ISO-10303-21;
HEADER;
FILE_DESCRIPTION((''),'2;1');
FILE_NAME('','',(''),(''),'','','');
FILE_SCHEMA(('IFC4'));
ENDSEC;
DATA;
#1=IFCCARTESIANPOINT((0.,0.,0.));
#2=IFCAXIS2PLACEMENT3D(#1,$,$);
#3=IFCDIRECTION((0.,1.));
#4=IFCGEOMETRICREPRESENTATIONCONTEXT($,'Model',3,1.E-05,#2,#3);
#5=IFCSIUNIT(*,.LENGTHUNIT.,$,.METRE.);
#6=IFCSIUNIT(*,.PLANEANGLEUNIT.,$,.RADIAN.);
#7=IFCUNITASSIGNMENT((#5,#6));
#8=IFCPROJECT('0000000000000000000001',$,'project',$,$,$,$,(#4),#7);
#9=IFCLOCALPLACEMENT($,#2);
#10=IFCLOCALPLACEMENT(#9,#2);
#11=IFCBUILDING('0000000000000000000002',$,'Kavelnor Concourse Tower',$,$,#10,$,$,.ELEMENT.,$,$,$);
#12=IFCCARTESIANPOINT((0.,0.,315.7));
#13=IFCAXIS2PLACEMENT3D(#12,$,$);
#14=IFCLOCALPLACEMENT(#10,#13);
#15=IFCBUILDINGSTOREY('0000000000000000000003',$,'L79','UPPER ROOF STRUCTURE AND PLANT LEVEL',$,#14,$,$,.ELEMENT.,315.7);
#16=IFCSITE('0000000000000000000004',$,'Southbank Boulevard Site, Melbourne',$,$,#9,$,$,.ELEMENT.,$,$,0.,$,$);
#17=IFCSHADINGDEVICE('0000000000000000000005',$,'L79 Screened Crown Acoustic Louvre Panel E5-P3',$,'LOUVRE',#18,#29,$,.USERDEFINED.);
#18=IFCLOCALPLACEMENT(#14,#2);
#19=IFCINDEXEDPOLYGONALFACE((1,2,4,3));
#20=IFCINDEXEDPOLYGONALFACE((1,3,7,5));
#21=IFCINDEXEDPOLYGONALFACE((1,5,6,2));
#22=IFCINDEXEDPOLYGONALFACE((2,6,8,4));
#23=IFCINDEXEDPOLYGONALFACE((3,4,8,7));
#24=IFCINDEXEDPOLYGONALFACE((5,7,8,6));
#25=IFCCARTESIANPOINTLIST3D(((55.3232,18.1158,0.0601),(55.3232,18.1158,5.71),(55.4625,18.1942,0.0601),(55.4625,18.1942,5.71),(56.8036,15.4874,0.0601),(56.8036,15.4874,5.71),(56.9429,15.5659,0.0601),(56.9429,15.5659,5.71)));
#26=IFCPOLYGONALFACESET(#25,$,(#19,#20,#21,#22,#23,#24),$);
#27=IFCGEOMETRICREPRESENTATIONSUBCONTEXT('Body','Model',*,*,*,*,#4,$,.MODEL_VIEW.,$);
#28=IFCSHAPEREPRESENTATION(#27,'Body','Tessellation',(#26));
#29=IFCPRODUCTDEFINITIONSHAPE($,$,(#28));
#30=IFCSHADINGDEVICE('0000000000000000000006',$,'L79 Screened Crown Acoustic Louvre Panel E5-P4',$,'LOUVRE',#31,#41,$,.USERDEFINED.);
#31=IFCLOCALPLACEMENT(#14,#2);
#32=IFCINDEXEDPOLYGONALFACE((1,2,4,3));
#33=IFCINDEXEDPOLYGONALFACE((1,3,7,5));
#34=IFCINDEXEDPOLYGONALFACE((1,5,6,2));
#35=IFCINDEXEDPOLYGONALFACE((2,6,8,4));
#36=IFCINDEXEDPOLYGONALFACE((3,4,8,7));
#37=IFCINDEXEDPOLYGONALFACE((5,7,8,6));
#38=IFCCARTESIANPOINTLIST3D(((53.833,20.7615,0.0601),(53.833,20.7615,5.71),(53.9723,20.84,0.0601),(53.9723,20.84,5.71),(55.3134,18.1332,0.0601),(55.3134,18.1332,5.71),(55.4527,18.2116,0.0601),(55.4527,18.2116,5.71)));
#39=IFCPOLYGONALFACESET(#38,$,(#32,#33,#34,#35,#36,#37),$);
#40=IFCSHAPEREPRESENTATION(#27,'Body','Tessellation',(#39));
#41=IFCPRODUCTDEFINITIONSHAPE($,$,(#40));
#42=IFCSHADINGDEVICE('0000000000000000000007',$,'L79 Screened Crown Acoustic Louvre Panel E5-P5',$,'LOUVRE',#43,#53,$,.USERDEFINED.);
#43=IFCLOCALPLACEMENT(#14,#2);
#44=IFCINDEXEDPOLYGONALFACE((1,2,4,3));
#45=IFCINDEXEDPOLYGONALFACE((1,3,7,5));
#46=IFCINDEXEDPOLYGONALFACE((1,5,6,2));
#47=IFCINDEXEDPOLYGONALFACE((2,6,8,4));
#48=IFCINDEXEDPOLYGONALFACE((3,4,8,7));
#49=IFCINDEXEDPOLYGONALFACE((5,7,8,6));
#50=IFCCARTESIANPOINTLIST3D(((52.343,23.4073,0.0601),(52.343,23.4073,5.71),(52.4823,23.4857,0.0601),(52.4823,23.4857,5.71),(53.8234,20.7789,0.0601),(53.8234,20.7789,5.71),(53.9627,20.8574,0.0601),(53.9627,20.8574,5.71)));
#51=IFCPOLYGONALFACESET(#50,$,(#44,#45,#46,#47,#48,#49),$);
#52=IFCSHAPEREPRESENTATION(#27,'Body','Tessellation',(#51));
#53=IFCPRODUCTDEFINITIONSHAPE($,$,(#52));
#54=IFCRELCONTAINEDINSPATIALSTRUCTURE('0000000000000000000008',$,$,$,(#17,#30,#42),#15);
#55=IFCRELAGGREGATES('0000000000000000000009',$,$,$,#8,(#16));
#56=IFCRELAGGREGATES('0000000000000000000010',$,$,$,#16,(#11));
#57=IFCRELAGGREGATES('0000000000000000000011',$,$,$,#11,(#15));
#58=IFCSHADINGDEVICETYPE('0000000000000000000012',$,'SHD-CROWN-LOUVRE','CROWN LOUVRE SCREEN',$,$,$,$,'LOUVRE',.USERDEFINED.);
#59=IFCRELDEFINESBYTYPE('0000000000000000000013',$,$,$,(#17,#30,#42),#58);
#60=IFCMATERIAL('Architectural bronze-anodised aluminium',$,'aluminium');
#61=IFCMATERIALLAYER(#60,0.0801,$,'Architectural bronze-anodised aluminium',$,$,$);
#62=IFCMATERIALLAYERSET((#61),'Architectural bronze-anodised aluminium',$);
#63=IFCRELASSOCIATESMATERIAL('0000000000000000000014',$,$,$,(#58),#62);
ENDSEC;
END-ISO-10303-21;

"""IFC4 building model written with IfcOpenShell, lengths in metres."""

from ifc_helpers import new_model, si_unit, direction, frame, origin, origin_2d, place, context, subcontext, project, spatial, rectangle, extrude, material, layer, layer_set, type_object, element, save


model = new_model("IFC4")

# Units and contexts
model_context = context("Model", 3, precision=1e-05, world=origin(), true_north=direction((0.0, 1.0)))
body_context = subcontext(model_context, "Body", "Model", "MODEL_VIEW")
ifc_project = project(units=[si_unit("LENGTHUNIT", "METRE"), si_unit("PLANEANGLEUNIT", "RADIAN")], contexts=[model_context])

# Site, building, storey
site_placement = place(None, origin())
site = spatial("IfcSite", under=ifc_project, at=site_placement, Name="Southbank Boulevard Site, Melbourne", CompositionType="ELEMENT", RefElevation=0.0)
building_placement = place(site_placement, origin())
building = spatial("IfcBuilding", under=site, at=building_placement, Name="Kavelnor Concourse Tower", CompositionType="ELEMENT")
storey_placement = place(building_placement, frame((0.0, 0.0, 315.7)))
storey = spatial("IfcBuildingStorey", under=building, at=storey_placement, Name="L79", Description="UPPER ROOF STRUCTURE AND PLANT LEVEL", CompositionType="ELEMENT", Elevation=315.7)

# Shading devices
ifc_material_1 = material(Name="Architectural bronze-anodised aluminium", Category="aluminium")
ifc_layer_1 = layer(ifc_material_1, 0.0801, Name="Architectural bronze-anodised aluminium")
ifc_layer_set_1 = layer_set([ifc_layer_1], Name="Architectural bronze-anodised aluminium")
shading_device_type = type_object("IfcShadingDeviceType", Name="SHD-CROWN-LOUVRE", Description="CROWN LOUVRE SCREEN", ElementType="LOUVRE", PredefinedType="USERDEFINED", material=ifc_layer_set_1)
for number, where, z_axis, x_axis, name in (
    (1, (56.1331, 16.8408, 0.0601), (0.0, 0.0, 1.0), (-0.490752, 0.871299, 0.0), "L79 Screened Crown Acoustic Louvre Panel E5-P3"),
    (2, (54.6428, 19.4866, 0.0601), (0.0, 0.0, 1.0), (-0.490752, 0.871299, 0.0), "L79 Screened Crown Acoustic Louvre Panel E5-P4"),
    (3, (53.1528, 22.1323, 0.0601), (0.0, 0.0, 1.0), (-0.490752, 0.871299, 0.0), "L79 Screened Crown Acoustic Louvre Panel E5-P5"),
):
    element("IfcShadingDevice", number, at=place(storey_placement, frame(where, z_axis=z_axis, x_axis=x_axis)), inside=storey, type_object=shading_device_type, Name=name, ObjectType="LOUVRE", PredefinedType="USERDEFINED", context=body_context, shape_type="SweptSolid", body=[
        extrude(rectangle(XDim=3.0166, YDim=0.1599, at=origin_2d()), origin(), (0.0, 0.0, 1.0), 5.6499),
    ])

save(model, "model.ifc")
